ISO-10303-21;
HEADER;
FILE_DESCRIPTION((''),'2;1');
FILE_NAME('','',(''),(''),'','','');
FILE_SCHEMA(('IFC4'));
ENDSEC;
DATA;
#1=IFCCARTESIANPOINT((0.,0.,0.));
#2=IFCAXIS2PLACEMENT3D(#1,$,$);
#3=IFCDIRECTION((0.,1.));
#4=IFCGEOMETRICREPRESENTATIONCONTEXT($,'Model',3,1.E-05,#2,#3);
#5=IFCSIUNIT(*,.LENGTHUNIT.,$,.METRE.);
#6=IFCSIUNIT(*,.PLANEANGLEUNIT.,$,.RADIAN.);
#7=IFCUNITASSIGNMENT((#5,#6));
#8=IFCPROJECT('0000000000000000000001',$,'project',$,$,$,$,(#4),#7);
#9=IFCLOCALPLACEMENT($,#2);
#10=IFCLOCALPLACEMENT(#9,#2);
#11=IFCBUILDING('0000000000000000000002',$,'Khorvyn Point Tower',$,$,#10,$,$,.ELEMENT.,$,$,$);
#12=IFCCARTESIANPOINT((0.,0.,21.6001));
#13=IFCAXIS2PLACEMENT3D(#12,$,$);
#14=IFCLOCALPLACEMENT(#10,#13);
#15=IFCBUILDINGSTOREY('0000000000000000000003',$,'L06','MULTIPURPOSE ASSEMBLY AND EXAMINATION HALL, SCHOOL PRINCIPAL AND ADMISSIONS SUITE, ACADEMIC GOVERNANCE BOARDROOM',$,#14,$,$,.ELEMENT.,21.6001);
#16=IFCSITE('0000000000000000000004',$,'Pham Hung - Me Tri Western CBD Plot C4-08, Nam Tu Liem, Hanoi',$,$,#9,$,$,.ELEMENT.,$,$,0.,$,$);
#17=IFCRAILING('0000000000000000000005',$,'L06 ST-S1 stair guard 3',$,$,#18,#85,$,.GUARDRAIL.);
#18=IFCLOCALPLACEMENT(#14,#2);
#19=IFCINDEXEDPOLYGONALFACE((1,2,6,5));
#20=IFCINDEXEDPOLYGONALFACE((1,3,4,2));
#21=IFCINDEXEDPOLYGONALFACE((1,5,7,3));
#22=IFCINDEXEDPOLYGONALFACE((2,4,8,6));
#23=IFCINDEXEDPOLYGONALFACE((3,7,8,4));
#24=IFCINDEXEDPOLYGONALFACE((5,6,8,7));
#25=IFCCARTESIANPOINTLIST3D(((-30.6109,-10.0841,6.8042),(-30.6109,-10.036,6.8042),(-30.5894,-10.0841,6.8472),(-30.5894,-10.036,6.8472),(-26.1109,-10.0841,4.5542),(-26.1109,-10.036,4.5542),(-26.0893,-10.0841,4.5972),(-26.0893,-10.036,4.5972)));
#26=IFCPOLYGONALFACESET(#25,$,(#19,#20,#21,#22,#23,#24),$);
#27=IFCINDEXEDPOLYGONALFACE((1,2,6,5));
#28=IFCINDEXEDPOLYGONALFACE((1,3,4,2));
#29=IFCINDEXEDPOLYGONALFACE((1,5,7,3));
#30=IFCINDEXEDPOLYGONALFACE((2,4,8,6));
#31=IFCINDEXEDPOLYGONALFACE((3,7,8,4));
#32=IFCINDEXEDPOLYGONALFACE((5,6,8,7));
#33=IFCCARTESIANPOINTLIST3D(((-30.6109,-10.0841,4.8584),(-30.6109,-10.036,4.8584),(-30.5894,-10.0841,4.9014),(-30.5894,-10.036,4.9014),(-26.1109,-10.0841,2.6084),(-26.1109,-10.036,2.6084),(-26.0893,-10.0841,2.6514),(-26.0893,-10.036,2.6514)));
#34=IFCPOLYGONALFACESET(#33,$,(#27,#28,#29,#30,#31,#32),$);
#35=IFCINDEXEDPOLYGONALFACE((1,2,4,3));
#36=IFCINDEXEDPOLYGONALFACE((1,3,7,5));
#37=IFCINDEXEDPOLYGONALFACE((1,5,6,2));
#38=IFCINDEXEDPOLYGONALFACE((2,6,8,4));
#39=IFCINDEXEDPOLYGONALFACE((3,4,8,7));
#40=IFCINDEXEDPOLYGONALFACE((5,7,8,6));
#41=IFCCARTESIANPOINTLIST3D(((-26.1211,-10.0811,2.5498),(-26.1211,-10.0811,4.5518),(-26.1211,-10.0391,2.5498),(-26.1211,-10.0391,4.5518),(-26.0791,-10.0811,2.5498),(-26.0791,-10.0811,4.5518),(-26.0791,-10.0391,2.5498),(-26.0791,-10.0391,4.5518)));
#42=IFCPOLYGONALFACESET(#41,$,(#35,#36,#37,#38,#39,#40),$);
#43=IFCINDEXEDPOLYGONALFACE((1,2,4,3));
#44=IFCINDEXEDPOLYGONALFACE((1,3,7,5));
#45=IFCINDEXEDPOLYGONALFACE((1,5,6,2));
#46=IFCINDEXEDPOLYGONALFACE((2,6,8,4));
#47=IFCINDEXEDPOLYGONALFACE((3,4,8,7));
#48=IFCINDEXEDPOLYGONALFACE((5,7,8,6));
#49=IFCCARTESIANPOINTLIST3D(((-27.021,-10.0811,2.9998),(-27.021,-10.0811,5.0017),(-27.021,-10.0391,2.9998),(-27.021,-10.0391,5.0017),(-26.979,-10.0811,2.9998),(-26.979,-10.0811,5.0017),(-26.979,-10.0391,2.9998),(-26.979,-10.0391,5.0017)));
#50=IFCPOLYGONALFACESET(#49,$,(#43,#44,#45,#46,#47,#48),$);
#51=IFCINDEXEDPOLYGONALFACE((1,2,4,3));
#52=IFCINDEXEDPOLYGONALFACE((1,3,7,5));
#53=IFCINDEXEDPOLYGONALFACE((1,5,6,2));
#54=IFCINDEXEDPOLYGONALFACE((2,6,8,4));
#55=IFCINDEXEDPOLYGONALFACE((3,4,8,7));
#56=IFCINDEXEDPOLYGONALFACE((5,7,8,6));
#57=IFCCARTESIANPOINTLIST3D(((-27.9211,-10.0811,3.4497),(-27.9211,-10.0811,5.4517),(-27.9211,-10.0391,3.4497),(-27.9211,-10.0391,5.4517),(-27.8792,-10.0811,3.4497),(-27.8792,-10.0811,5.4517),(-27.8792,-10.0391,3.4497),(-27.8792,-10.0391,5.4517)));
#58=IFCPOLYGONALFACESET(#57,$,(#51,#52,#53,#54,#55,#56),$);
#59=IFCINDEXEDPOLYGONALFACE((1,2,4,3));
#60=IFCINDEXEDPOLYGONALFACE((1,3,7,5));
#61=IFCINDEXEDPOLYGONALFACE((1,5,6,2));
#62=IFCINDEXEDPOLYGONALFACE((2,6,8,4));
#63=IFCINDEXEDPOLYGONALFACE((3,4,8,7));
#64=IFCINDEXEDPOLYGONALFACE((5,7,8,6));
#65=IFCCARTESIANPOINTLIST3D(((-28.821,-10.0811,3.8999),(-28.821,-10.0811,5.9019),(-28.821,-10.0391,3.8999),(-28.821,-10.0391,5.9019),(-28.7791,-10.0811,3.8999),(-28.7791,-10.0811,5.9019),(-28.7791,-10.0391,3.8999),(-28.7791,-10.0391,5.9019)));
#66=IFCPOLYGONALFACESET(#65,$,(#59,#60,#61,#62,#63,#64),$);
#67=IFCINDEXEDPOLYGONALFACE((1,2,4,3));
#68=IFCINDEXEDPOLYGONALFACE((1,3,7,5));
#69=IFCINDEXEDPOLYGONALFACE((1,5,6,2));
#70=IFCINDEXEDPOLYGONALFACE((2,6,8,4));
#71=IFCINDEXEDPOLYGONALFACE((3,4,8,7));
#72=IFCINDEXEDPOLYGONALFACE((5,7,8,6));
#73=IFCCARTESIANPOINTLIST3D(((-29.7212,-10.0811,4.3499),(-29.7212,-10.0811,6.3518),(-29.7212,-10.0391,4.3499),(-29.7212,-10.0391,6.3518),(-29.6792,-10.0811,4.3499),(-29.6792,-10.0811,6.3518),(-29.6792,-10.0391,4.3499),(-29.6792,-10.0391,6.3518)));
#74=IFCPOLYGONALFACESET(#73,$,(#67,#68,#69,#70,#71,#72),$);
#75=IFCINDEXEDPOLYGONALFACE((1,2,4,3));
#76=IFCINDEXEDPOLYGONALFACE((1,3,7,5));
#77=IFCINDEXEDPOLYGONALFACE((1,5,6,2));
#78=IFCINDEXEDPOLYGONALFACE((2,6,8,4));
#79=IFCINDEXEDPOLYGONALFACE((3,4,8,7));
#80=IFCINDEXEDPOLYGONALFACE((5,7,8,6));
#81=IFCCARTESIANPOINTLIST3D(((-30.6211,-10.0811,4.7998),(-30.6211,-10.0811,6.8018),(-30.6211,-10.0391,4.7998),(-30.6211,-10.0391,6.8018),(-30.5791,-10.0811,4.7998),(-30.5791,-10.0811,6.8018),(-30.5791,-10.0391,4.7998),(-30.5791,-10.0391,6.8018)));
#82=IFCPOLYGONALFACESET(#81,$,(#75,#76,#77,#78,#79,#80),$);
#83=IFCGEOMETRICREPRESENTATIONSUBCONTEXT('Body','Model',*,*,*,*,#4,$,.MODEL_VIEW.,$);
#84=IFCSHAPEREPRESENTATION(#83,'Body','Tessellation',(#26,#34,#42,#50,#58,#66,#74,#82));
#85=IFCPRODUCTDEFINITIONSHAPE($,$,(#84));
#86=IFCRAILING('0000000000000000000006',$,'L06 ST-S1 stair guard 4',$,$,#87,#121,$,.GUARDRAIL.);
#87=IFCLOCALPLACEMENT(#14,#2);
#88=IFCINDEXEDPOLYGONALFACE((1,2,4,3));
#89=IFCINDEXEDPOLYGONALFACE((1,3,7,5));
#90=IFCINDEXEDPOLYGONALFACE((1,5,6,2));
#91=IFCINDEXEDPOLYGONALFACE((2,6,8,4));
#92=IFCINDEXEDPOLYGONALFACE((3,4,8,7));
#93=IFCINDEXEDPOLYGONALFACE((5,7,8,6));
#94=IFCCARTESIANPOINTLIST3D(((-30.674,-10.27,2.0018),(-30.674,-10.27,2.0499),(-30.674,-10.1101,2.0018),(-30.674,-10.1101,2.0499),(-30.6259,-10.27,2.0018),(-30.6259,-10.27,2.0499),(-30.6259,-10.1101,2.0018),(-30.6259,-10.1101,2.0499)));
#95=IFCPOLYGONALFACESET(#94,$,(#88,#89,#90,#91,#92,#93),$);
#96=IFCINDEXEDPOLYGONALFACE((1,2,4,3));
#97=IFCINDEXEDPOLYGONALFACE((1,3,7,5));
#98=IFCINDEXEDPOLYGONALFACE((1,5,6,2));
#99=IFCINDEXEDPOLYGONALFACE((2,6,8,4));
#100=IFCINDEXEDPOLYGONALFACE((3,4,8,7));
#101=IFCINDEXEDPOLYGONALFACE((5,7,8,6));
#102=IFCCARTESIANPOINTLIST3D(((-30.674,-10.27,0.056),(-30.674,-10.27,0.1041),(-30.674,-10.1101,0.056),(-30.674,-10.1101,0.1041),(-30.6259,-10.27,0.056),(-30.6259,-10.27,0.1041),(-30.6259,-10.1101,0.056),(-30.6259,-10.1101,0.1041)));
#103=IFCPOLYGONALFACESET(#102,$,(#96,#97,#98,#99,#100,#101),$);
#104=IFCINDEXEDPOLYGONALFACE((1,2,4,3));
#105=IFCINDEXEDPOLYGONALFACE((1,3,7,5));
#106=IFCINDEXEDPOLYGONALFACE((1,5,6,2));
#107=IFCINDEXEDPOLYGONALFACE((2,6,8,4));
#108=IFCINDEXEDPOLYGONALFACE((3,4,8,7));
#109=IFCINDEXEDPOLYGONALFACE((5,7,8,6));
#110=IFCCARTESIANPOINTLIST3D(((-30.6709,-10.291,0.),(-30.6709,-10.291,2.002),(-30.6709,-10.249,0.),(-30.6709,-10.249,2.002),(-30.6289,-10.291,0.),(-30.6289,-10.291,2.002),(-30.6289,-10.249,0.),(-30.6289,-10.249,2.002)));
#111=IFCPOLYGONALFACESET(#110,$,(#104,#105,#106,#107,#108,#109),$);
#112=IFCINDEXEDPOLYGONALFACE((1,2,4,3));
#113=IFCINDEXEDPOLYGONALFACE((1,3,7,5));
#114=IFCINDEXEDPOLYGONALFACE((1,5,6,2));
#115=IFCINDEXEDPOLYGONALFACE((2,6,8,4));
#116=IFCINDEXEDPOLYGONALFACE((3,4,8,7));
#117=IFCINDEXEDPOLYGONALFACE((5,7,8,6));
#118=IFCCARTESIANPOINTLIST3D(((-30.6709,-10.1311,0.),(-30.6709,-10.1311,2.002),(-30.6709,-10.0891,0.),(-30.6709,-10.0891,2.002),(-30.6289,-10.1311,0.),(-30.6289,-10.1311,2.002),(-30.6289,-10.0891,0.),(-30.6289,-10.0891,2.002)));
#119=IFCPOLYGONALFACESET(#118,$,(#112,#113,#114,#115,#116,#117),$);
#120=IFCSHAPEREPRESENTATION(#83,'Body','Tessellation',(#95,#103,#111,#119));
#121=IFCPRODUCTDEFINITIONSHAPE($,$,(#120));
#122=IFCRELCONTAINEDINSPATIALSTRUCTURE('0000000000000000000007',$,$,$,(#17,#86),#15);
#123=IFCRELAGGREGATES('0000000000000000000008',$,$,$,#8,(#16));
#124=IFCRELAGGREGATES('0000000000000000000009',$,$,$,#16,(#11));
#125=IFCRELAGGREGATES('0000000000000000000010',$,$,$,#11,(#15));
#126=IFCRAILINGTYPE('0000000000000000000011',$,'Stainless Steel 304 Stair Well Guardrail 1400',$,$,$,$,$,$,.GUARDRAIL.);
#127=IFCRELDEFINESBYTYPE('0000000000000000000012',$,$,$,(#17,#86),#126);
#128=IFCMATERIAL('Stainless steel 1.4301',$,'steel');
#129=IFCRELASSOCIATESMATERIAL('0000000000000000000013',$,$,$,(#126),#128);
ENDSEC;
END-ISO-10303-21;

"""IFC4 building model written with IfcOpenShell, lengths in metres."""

from ifc_helpers import new_model, si_unit, direction, frame, origin, origin_2d, place, context, subcontext, project, spatial, rectangle, extrude, material, type_object, element, save


model = new_model("IFC4")

# Units and contexts
model_context = context("Model", 3, precision=1e-05, world=origin(), true_north=direction((0.0, 1.0)))
body_context = subcontext(model_context, "Body", "Model", "MODEL_VIEW")
ifc_project = project(units=[si_unit("LENGTHUNIT", "METRE"), si_unit("PLANEANGLEUNIT", "RADIAN")], contexts=[model_context])

# Site, building, storey
site_placement = place(None, origin())
site = spatial("IfcSite", under=ifc_project, at=site_placement, Name="Pham Hung - Me Tri Western CBD Plot C4-08, Nam Tu Liem, Hanoi", CompositionType="ELEMENT", RefElevation=0.0)
building_placement = place(site_placement, origin())
building = spatial("IfcBuilding", under=site, at=building_placement, Name="Khorvyn Point Tower", CompositionType="ELEMENT")
storey_placement = place(building_placement, frame((0.0, 0.0, 21.6001)))
storey = spatial("IfcBuildingStorey", under=building, at=storey_placement, Name="L06", Description="MULTIPURPOSE ASSEMBLY AND EXAMINATION HALL, SCHOOL PRINCIPAL AND ADMISSIONS SUITE, ACADEMIC GOVERNANCE BOARDROOM", CompositionType="ELEMENT", Elevation=21.6001)

# Shared definitions
ifc_material_1 = material(Name="Stainless steel 1.4301", Category="steel")

# Railings
railing_type_1 = type_object("IfcRailingType", Name="Stainless Steel 304 Stair Well Guardrail 1400", PredefinedType="GUARDRAIL", material=ifc_material_1)
railing_1_placement = place(storey_placement, frame((-26.1001, -10.0601, 2.5498)))
element("IfcRailing", 1, at=railing_1_placement, inside=storey, type_object=railing_type_1, Name="L06 ST-S1 stair guard 3", PredefinedType="GUARDRAIL", context=body_context, shape_type="SweptSolid", body=[
    extrude(rectangle(XDim=0.0481, YDim=0.0481, at=origin_2d()), frame((0.0, 0.0, 2.0259), z_axis=(-0.894427, 0.0, 0.447214), x_axis=(0.0, -1.0, 0.0)), (0.0, 0.0, 1.0), 5.0312),
    extrude(rectangle(XDim=0.0481, YDim=0.0481, at=origin_2d()), frame((0.0, 0.0, 0.0801), z_axis=(-0.894427, 0.0, 0.447214), x_axis=(0.0, -1.0, 0.0)), (0.0, 0.0, 1.0), 5.0312),
    extrude(rectangle(XDim=0.042, YDim=0.042, at=origin_2d()), origin(), (0.0, 0.0, 1.0), 2.002),
    extrude(rectangle(XDim=0.042, YDim=0.042, at=origin_2d()), frame((-0.8999, 0.0, 0.45)), (0.0, 0.0, 1.0), 2.002),
    extrude(rectangle(XDim=0.042, YDim=0.042, at=origin_2d()), frame((-1.8, 0.0, 0.8999)), (0.0, 0.0, 1.0), 2.002),
    extrude(rectangle(XDim=0.042, YDim=0.042, at=origin_2d()), frame((-2.7, 0.0, 1.3501)), (0.0, 0.0, 1.0), 2.002),
    extrude(rectangle(XDim=0.042, YDim=0.042, at=origin_2d()), frame((-3.6001, 0.0, 1.8)), (0.0, 0.0, 1.0), 2.002),
    extrude(rectangle(XDim=0.042, YDim=0.042, at=origin_2d()), frame((-4.5, 0.0, 2.25)), (0.0, 0.0, 1.0), 2.002),
])
railing_2_placement = place(storey_placement, frame((-30.6499, -10.27, 0.0)))
element("IfcRailing", 2, at=railing_2_placement, inside=storey, type_object=railing_type_1, Name="L06 ST-S1 stair guard 4", PredefinedType="GUARDRAIL", context=body_context, shape_type="SweptSolid", body=[
    extrude(rectangle(XDim=0.0481, YDim=0.0481, at=origin_2d()), frame((0.0, 0.0, 2.0259), z_axis=(0.0, 1.0, 0.0), x_axis=(-1.0, 0.0, 0.0)), (0.0, 0.0, 1.0), 0.1599),
    extrude(rectangle(XDim=0.0481, YDim=0.0481, at=origin_2d()), frame((0.0, 0.0, 0.0801), z_axis=(0.0, 1.0, 0.0), x_axis=(-1.0, 0.0, 0.0)), (0.0, 0.0, 1.0), 0.1599),
    extrude(rectangle(XDim=0.042, YDim=0.042, at=origin_2d()), origin(), (0.0, 0.0, 1.0), 2.002),
    extrude(rectangle(XDim=0.042, YDim=0.042, at=origin_2d()), frame((0.0, 0.1599, 0.0)), (0.0, 0.0, 1.0), 2.002),
])

save(model, "model.ifc")
